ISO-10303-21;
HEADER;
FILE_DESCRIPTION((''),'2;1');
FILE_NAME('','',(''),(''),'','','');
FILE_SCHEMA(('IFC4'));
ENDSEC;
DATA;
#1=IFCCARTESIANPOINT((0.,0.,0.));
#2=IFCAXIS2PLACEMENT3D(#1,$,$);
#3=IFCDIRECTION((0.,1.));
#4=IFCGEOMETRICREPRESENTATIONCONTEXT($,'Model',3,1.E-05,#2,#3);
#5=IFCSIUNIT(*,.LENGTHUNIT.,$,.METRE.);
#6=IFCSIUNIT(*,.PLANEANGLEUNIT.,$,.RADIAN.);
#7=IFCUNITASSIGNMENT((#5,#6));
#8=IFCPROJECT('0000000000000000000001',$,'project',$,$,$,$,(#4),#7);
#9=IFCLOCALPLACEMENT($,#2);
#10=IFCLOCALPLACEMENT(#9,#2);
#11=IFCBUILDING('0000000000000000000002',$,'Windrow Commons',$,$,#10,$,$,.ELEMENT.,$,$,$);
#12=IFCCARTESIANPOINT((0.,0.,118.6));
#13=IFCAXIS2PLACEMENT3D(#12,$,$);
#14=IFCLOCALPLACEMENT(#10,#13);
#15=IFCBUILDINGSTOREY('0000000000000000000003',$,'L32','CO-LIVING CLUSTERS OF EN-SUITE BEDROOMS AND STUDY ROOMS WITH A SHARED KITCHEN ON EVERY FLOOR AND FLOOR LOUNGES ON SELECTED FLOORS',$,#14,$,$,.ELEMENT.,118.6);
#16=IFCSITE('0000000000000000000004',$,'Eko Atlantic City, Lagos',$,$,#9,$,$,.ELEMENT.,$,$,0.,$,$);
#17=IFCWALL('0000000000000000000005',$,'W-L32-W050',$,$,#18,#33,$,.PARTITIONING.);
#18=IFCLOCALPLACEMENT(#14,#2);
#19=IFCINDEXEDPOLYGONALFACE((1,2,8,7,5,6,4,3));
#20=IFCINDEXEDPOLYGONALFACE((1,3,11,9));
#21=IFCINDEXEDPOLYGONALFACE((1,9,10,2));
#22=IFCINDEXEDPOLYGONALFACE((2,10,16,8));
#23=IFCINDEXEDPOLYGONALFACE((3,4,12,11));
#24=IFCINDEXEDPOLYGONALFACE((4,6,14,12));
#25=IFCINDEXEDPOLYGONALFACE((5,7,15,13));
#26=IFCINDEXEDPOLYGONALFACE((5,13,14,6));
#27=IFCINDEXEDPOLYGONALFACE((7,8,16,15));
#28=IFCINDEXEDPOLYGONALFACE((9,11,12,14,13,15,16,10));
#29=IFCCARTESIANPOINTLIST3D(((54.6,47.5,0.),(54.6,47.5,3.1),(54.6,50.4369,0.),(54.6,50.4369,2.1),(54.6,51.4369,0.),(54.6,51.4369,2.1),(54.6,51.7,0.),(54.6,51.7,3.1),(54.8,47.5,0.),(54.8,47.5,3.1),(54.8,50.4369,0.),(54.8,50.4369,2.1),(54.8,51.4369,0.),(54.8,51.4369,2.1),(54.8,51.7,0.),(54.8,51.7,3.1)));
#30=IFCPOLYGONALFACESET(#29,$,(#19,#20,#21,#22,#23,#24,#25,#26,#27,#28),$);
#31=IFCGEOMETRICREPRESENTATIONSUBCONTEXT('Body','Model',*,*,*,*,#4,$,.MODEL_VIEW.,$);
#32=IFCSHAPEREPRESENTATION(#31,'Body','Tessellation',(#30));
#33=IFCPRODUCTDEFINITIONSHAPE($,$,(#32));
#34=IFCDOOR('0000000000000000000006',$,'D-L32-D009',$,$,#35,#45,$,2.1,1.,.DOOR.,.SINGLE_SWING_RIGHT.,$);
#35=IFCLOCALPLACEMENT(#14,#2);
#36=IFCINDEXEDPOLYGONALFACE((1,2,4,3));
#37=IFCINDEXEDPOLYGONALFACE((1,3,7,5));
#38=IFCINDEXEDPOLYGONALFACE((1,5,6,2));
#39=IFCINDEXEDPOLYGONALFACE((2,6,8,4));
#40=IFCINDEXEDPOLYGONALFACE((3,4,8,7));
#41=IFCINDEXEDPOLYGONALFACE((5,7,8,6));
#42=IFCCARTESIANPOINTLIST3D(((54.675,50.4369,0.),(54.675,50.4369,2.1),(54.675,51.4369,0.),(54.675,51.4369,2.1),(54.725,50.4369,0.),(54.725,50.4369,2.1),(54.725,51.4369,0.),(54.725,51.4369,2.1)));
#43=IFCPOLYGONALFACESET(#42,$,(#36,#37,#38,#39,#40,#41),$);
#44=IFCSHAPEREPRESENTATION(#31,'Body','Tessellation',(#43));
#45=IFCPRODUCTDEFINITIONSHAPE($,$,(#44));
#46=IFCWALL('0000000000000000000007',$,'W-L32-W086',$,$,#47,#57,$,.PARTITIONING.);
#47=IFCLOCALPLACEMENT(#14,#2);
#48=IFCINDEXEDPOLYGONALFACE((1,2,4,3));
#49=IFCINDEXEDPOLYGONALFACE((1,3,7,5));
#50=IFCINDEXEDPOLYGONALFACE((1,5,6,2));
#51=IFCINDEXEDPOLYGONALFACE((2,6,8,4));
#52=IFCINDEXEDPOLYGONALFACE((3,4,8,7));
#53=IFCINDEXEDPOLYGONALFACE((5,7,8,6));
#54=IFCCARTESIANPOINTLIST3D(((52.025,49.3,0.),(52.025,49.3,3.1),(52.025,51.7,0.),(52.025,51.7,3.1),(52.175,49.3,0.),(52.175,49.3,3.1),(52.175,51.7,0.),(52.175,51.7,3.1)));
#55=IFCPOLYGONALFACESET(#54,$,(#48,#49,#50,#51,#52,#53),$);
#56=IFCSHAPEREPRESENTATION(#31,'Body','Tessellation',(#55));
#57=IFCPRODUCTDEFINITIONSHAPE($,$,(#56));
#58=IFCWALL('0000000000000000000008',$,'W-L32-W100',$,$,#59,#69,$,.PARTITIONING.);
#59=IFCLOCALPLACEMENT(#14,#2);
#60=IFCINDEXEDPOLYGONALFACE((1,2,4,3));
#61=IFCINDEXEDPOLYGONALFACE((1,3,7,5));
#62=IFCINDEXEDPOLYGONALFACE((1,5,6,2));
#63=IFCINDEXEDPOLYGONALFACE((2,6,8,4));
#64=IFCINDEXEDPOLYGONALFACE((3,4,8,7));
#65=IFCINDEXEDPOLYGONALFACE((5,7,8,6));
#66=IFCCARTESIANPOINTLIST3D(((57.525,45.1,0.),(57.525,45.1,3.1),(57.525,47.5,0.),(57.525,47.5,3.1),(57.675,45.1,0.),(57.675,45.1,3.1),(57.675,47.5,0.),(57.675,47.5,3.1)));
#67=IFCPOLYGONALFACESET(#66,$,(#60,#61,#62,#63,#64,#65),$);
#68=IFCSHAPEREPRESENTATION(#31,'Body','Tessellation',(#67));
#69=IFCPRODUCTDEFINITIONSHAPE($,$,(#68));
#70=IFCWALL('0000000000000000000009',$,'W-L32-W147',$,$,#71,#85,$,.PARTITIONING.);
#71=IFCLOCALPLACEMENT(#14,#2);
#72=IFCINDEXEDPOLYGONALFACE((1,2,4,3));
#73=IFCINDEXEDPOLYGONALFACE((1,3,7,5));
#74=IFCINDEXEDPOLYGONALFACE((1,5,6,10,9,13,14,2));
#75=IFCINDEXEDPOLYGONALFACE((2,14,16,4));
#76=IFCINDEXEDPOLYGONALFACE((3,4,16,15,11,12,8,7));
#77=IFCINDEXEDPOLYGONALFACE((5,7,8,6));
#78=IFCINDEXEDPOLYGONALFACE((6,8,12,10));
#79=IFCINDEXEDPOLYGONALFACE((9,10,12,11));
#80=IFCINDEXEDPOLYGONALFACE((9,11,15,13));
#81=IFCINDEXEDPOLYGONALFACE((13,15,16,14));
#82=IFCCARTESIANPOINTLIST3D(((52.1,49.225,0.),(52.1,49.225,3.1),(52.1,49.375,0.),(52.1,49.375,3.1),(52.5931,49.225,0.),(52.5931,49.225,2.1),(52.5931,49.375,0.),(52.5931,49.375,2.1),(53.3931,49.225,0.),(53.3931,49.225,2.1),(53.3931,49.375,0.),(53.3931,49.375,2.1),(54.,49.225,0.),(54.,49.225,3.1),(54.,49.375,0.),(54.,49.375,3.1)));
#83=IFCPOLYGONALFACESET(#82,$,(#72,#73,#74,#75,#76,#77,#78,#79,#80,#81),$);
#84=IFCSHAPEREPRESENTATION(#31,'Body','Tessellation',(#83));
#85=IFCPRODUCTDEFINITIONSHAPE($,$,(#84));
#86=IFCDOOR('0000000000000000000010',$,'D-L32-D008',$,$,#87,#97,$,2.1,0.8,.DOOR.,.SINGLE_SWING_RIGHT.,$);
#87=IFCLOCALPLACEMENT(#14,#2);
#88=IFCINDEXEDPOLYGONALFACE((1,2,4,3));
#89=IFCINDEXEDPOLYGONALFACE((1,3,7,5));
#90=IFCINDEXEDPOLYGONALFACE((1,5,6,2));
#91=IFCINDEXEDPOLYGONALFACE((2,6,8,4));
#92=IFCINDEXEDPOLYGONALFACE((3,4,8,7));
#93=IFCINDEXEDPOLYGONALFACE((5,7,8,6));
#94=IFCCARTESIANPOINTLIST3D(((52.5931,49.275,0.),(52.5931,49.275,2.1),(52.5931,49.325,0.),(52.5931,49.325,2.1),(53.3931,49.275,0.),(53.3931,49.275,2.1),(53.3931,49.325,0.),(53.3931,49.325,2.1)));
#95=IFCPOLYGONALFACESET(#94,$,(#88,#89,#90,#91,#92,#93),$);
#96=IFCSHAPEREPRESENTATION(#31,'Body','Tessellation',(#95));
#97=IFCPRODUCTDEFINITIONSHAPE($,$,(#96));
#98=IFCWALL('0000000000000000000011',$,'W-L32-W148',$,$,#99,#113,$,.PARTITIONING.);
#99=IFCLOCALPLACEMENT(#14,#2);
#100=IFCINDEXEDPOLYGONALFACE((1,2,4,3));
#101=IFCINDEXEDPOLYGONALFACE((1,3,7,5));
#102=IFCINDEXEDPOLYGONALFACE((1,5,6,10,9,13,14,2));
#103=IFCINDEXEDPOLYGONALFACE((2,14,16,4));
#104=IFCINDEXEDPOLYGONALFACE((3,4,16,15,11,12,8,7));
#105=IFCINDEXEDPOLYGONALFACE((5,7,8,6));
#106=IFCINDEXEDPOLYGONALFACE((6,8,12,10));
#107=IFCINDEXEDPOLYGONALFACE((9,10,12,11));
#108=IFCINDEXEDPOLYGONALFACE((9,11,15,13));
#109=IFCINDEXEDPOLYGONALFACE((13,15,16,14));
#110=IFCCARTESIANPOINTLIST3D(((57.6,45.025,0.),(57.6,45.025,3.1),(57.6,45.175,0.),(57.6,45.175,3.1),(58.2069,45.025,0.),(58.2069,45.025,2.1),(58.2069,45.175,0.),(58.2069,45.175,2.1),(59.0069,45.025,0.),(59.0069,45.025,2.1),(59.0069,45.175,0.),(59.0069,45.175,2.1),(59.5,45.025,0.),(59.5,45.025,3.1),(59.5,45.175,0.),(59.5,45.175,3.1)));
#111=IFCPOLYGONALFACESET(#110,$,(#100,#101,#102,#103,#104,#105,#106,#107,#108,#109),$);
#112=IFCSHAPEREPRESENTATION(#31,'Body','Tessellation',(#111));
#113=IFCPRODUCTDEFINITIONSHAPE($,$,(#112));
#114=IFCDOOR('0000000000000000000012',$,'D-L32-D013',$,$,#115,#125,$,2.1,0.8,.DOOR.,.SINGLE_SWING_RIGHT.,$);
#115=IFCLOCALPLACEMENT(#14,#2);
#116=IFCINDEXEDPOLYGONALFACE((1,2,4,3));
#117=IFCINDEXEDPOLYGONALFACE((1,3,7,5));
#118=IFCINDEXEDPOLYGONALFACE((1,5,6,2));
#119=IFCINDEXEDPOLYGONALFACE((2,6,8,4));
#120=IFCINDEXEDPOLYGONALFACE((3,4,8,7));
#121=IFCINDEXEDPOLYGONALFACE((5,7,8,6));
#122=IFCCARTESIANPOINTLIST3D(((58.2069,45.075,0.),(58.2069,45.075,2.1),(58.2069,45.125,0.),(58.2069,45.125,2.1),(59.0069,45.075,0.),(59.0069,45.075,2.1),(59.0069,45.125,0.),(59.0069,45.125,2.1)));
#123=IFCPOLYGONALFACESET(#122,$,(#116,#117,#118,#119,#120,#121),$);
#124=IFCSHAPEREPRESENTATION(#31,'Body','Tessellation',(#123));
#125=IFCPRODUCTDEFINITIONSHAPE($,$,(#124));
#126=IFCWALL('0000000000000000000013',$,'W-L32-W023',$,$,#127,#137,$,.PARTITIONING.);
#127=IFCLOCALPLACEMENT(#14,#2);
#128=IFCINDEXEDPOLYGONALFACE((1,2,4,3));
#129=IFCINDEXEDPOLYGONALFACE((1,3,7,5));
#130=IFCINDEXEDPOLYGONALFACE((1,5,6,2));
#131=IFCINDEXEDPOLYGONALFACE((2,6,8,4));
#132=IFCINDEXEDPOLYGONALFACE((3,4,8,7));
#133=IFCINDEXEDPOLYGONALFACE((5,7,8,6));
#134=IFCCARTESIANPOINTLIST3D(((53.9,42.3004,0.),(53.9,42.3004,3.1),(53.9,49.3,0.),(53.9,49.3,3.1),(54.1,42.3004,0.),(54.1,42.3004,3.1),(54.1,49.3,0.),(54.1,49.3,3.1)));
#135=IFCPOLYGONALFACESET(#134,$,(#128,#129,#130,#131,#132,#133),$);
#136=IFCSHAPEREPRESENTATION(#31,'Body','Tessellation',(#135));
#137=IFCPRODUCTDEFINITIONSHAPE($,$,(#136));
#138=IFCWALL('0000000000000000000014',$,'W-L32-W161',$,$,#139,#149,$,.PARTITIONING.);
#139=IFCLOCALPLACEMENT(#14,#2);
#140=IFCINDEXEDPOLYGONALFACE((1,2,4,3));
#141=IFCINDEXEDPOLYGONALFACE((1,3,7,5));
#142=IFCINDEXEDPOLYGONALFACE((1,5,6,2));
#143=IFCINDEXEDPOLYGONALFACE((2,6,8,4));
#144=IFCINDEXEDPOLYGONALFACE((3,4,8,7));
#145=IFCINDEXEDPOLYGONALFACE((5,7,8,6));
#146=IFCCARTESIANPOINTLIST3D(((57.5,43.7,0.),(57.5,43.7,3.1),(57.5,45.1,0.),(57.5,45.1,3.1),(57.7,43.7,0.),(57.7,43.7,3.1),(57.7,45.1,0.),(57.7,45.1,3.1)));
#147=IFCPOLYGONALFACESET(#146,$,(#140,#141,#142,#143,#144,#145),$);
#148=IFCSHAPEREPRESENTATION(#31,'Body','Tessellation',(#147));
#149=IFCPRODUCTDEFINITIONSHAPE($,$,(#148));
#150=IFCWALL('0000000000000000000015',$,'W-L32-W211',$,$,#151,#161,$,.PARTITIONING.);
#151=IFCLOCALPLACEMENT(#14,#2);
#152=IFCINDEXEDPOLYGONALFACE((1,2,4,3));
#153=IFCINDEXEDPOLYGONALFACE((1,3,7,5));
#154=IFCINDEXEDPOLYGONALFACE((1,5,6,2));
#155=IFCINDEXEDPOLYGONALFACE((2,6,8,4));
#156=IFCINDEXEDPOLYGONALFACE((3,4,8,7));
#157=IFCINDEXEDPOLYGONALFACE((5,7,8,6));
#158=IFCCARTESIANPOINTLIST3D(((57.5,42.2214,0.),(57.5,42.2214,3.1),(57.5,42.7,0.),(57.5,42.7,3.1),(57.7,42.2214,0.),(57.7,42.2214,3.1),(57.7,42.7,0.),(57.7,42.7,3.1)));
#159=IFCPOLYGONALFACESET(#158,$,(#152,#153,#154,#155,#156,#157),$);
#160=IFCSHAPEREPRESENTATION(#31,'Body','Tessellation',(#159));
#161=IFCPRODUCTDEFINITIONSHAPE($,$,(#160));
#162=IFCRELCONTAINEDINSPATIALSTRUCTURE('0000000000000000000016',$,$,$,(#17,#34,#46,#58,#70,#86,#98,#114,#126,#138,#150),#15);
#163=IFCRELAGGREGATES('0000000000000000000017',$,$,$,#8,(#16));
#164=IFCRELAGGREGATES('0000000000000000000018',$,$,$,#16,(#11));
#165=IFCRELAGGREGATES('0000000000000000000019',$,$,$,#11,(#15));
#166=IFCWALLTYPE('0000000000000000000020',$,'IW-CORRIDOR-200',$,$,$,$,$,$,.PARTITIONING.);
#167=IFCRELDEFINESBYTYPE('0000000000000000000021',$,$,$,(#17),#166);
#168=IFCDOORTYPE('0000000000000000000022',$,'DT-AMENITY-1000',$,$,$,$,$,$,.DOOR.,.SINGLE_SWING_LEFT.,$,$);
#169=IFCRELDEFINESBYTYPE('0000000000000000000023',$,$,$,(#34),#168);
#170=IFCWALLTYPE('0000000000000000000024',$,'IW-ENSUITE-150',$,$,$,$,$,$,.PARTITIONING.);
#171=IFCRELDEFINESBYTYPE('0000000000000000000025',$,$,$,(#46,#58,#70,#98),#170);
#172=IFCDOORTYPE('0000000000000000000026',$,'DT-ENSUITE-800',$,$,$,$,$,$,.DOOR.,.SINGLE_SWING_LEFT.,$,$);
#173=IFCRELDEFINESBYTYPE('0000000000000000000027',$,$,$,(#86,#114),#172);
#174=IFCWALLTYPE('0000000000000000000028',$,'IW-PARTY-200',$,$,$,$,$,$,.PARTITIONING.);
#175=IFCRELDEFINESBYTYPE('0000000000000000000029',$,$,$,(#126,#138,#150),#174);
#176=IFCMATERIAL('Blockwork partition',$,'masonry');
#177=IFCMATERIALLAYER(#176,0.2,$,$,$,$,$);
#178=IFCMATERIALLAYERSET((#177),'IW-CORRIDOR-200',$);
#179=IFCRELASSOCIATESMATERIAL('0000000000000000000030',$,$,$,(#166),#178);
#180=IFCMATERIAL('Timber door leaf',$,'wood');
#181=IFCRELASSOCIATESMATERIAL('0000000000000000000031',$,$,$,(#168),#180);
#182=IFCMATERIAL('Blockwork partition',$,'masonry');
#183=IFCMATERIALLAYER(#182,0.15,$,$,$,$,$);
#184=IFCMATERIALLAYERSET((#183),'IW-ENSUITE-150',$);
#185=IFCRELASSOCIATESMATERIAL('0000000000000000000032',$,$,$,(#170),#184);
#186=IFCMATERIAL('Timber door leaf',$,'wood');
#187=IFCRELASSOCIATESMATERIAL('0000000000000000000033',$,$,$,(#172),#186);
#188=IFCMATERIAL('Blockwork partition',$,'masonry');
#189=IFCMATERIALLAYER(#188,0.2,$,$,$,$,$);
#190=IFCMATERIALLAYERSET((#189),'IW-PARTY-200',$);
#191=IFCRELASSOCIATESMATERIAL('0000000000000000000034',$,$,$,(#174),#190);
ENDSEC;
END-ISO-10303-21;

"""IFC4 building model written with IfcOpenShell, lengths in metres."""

from ifc_helpers import new_model, si_unit, direction, frame, frame_2d, origin, place, context, subcontext, project, spatial, rectangle, extrude, material, layer, layer_set, type_object, element, fill, save


model = new_model("IFC4")

# Units and contexts
model_context = context("Model", 3, precision=1e-05, world=origin(), true_north=direction((0.0, 1.0)))
body_context = subcontext(model_context, "Body", "Model", "MODEL_VIEW")
ifc_project = project(units=[si_unit("LENGTHUNIT", "METRE"), si_unit("PLANEANGLEUNIT", "RADIAN")], contexts=[model_context])

# Site, building, storey
site_placement = place(None, origin())
site = spatial("IfcSite", under=ifc_project, at=site_placement, Name="Eko Atlantic City, Lagos", CompositionType="ELEMENT", RefElevation=0.0)
building_placement = place(site_placement, origin())
building = spatial("IfcBuilding", under=site, at=building_placement, Name="Windrow Commons", CompositionType="ELEMENT")
storey_placement = place(building_placement, frame((0.0, 0.0, 118.6)))
storey = spatial("IfcBuildingStorey", under=building, at=storey_placement, Name="L32", Description="CO-LIVING CLUSTERS OF EN-SUITE BEDROOMS AND STUDY ROOMS WITH A SHARED KITCHEN ON EVERY FLOOR AND FLOOR LOUNGES ON SELECTED FLOORS", CompositionType="ELEMENT", Elevation=118.6)

# Shared definitions
ifc_material_1 = material(Name="Blockwork partition", Category="masonry")
ifc_layer_1 = layer(ifc_material_1, 0.2)
ifc_layer_set_1 = layer_set([ifc_layer_1], Name="IW-CORRIDOR-200")
wall_type_1 = type_object("IfcWallType", Name="IW-CORRIDOR-200", PredefinedType="PARTITIONING", material=ifc_layer_set_1)

# Wall, opening, door
wall_1_placement = place(storey_placement, frame((54.7, 47.5, 0.0), z_axis=(0.0, 0.0, 1.0), x_axis=(0.0, 1.0, 0.0)))
wall_1 = element("IfcWall", 1, at=wall_1_placement, inside=storey, type_object=wall_type_1, Name="W-L32-W050", PredefinedType="PARTITIONING", context=body_context, shape_type="SweptSolid", body=[
    extrude(rectangle(XDim=4.2, YDim=0.2, at=frame_2d((2.1, 0.0))), origin(), (0.0, 0.0, 1.0), 3.1),
])
opening_1_placement = place(wall_1_placement, frame((2.9369, 0.0, 0.0)))
opening_1 = element("IfcOpeningElement", 2, at=opening_1_placement, cuts=wall_1, PredefinedType="OPENING", context=body_context, shape_type="SweptSolid", body=[
    extrude(rectangle(XDim=1.0, YDim=2.1, at=frame_2d((0.5, 1.05))), frame((0.0, 0.11, 0.0), z_axis=(0.0, -1.0, 0.0), x_axis=(1.0, 0.0, 0.0)), (0.0, 0.0, 1.0), 0.22),
])
ifc_material_2 = material(Name="Timber door leaf", Category="wood")
door_type_1 = type_object("IfcDoorType", Name="DT-AMENITY-1000", OperationType="SINGLE_SWING_LEFT", PredefinedType="DOOR", material=ifc_material_2)
door_1_placement = place(opening_1_placement, origin())
door_1 = element("IfcDoor", 3, at=door_1_placement, inside=storey, type_object=door_type_1, Name="D-L32-D009", OperationType="SINGLE_SWING_RIGHT", OverallHeight=2.1, OverallWidth=1.0, PredefinedType="DOOR", context=body_context, shape_type="SweptSolid", body=[
    extrude(rectangle(XDim=1.0, YDim=2.1, at=frame_2d((0.5, 1.05))), frame((0.0, 0.025, 0.0), z_axis=(0.0, -1.0, 0.0), x_axis=(1.0, 0.0, 0.0)), (0.0, 0.0, 1.0), 0.05),
])
fill(opening_1, door_1)

# Walls
ifc_material_3 = material(Name="Blockwork partition", Category="masonry")
ifc_layer_2 = layer(ifc_material_3, 0.15)
ifc_layer_set_2 = layer_set([ifc_layer_2], Name="IW-ENSUITE-150")
wall_type_2 = type_object("IfcWallType", Name="IW-ENSUITE-150", PredefinedType="PARTITIONING", material=ifc_layer_set_2)
for number, where, z_axis, x_axis, name in (
    (4, (52.1, 49.3, 0.0), (0.0, 0.0, 1.0), (0.0, 1.0, 0.0), "W-L32-W086"),
    (5, (57.6, 45.1, 0.0), (0.0, 0.0, 1.0), (0.0, 1.0, 0.0), "W-L32-W100"),
):
    element("IfcWall", number, at=place(storey_placement, frame(where, z_axis=z_axis, x_axis=x_axis)), inside=storey, type_object=wall_type_2, Name=name, PredefinedType="PARTITIONING", context=body_context, shape_type="SweptSolid", body=[
        extrude(rectangle(XDim=2.4, YDim=0.15, at=frame_2d((1.2, 0.0))), origin(), (0.0, 0.0, 1.0), 3.1),
    ])

# Walls, openings, doors
wall_2_placement = place(storey_placement, frame((52.1, 49.3, 0.0), z_axis=(0.0, 0.0, 1.0), x_axis=(1.0, 0.0, 0.0)))
wall_2 = element("IfcWall", 6, at=wall_2_placement, inside=storey, type_object=wall_type_2, Name="W-L32-W147", PredefinedType="PARTITIONING", context=body_context, shape_type="SweptSolid", body=[
    extrude(rectangle(XDim=1.9, YDim=0.15, at=frame_2d((0.95, 0.0))), origin(), (0.0, 0.0, 1.0), 3.1),
])
opening_2_placement = place(wall_2_placement, frame((0.4931, 0.0, 0.0)))
opening_2 = element("IfcOpeningElement", 7, at=opening_2_placement, cuts=wall_2, PredefinedType="OPENING", context=body_context, shape_type="SweptSolid", body=[
    extrude(rectangle(XDim=0.8, YDim=2.1, at=frame_2d((0.4, 1.05))), frame((0.0, 0.085, 0.0), z_axis=(0.0, -1.0, 0.0), x_axis=(1.0, 0.0, 0.0)), (0.0, 0.0, 1.0), 0.17),
])
ifc_material_4 = material(Name="Timber door leaf", Category="wood")
door_type_2 = type_object("IfcDoorType", Name="DT-ENSUITE-800", OperationType="SINGLE_SWING_LEFT", PredefinedType="DOOR", material=ifc_material_4)
door_2_placement = place(opening_2_placement, origin())
door_2 = element("IfcDoor", 8, at=door_2_placement, inside=storey, type_object=door_type_2, Name="D-L32-D008", OperationType="SINGLE_SWING_RIGHT", OverallHeight=2.1, OverallWidth=0.8, PredefinedType="DOOR", context=body_context, shape_type="SweptSolid", body=[
    extrude(rectangle(XDim=0.8, YDim=2.1, at=frame_2d((0.4, 1.05))), frame((0.0, 0.025, 0.0), z_axis=(0.0, -1.0, 0.0), x_axis=(1.0, 0.0, 0.0)), (0.0, 0.0, 1.0), 0.05),
])
fill(opening_2, door_2)
wall_3_placement = place(storey_placement, frame((57.6, 45.1, 0.0), z_axis=(0.0, 0.0, 1.0), x_axis=(1.0, 0.0, 0.0)))
wall_3 = element("IfcWall", 9, at=wall_3_placement, inside=storey, type_object=wall_type_2, Name="W-L32-W148", PredefinedType="PARTITIONING", context=body_context, shape_type="SweptSolid", body=[
    extrude(rectangle(XDim=1.9, YDim=0.15, at=frame_2d((0.95, 0.0))), origin(), (0.0, 0.0, 1.0), 3.1),
])
opening_3_placement = place(wall_3_placement, frame((0.6069, 0.0, 0.0)))
opening_3 = element("IfcOpeningElement", 10, at=opening_3_placement, cuts=wall_3, PredefinedType="OPENING", context=body_context, shape_type="SweptSolid", body=[
    extrude(rectangle(XDim=0.8, YDim=2.1, at=frame_2d((0.4, 1.05))), frame((0.0, 0.085, 0.0), z_axis=(0.0, -1.0, 0.0), x_axis=(1.0, 0.0, 0.0)), (0.0, 0.0, 1.0), 0.17),
])
door_3_placement = place(opening_3_placement, origin())
door_3 = element("IfcDoor", 11, at=door_3_placement, inside=storey, type_object=door_type_2, Name="D-L32-D013", OperationType="SINGLE_SWING_RIGHT", OverallHeight=2.1, OverallWidth=0.8, PredefinedType="DOOR", context=body_context, shape_type="SweptSolid", body=[
    extrude(rectangle(XDim=0.8, YDim=2.1, at=frame_2d((0.4, 1.05))), frame((0.0, 0.025, 0.0), z_axis=(0.0, -1.0, 0.0), x_axis=(1.0, 0.0, 0.0)), (0.0, 0.0, 1.0), 0.05),
])
fill(opening_3, door_3)

# Walls
ifc_material_5 = material(Name="Blockwork partition", Category="masonry")
ifc_layer_3 = layer(ifc_material_5, 0.2)
ifc_layer_set_3 = layer_set([ifc_layer_3], Name="IW-PARTY-200")
wall_type_3 = type_object("IfcWallType", Name="IW-PARTY-200", PredefinedType="PARTITIONING", material=ifc_layer_set_3)
wall_4_placement = place(storey_placement, frame((54.0, 42.3004, 0.0), z_axis=(0.0, 0.0, 1.0), x_axis=(0.0, 1.0, 0.0)))
element("IfcWall", 12, at=wall_4_placement, inside=storey, type_object=wall_type_3, Name="W-L32-W023", PredefinedType="PARTITIONING", context=body_context, shape_type="SweptSolid", body=[
    extrude(rectangle(XDim=6.9996, YDim=0.2, at=frame_2d((3.4998, 0.0))), origin(), (0.0, 0.0, 1.0), 3.1),
])
wall_5_placement = place(storey_placement, frame((57.6, 43.7, 0.0), z_axis=(0.0, 0.0, 1.0), x_axis=(0.0, 1.0, 0.0)))
element("IfcWall", 13, at=wall_5_placement, inside=storey, type_object=wall_type_3, Name="W-L32-W161", PredefinedType="PARTITIONING", context=body_context, shape_type="SweptSolid", body=[
    extrude(rectangle(XDim=1.4, YDim=0.2, at=frame_2d((0.7, 0.0))), origin(), (0.0, 0.0, 1.0), 3.1),
])
wall_6_placement = place(storey_placement, frame((57.6, 42.2215, 0.0), z_axis=(0.0, 0.0, 1.0), x_axis=(0.0, 1.0, 0.0)))
element("IfcWall", 14, at=wall_6_placement, inside=storey, type_object=wall_type_3, Name="W-L32-W211", PredefinedType="PARTITIONING", context=body_context, shape_type="SweptSolid", body=[
    extrude(rectangle(XDim=0.4785, YDim=0.2, at=frame_2d((0.2392, 0.0))), origin(), (0.0, 0.0, 1.0), 3.1),
])

save(model, "model.ifc")
